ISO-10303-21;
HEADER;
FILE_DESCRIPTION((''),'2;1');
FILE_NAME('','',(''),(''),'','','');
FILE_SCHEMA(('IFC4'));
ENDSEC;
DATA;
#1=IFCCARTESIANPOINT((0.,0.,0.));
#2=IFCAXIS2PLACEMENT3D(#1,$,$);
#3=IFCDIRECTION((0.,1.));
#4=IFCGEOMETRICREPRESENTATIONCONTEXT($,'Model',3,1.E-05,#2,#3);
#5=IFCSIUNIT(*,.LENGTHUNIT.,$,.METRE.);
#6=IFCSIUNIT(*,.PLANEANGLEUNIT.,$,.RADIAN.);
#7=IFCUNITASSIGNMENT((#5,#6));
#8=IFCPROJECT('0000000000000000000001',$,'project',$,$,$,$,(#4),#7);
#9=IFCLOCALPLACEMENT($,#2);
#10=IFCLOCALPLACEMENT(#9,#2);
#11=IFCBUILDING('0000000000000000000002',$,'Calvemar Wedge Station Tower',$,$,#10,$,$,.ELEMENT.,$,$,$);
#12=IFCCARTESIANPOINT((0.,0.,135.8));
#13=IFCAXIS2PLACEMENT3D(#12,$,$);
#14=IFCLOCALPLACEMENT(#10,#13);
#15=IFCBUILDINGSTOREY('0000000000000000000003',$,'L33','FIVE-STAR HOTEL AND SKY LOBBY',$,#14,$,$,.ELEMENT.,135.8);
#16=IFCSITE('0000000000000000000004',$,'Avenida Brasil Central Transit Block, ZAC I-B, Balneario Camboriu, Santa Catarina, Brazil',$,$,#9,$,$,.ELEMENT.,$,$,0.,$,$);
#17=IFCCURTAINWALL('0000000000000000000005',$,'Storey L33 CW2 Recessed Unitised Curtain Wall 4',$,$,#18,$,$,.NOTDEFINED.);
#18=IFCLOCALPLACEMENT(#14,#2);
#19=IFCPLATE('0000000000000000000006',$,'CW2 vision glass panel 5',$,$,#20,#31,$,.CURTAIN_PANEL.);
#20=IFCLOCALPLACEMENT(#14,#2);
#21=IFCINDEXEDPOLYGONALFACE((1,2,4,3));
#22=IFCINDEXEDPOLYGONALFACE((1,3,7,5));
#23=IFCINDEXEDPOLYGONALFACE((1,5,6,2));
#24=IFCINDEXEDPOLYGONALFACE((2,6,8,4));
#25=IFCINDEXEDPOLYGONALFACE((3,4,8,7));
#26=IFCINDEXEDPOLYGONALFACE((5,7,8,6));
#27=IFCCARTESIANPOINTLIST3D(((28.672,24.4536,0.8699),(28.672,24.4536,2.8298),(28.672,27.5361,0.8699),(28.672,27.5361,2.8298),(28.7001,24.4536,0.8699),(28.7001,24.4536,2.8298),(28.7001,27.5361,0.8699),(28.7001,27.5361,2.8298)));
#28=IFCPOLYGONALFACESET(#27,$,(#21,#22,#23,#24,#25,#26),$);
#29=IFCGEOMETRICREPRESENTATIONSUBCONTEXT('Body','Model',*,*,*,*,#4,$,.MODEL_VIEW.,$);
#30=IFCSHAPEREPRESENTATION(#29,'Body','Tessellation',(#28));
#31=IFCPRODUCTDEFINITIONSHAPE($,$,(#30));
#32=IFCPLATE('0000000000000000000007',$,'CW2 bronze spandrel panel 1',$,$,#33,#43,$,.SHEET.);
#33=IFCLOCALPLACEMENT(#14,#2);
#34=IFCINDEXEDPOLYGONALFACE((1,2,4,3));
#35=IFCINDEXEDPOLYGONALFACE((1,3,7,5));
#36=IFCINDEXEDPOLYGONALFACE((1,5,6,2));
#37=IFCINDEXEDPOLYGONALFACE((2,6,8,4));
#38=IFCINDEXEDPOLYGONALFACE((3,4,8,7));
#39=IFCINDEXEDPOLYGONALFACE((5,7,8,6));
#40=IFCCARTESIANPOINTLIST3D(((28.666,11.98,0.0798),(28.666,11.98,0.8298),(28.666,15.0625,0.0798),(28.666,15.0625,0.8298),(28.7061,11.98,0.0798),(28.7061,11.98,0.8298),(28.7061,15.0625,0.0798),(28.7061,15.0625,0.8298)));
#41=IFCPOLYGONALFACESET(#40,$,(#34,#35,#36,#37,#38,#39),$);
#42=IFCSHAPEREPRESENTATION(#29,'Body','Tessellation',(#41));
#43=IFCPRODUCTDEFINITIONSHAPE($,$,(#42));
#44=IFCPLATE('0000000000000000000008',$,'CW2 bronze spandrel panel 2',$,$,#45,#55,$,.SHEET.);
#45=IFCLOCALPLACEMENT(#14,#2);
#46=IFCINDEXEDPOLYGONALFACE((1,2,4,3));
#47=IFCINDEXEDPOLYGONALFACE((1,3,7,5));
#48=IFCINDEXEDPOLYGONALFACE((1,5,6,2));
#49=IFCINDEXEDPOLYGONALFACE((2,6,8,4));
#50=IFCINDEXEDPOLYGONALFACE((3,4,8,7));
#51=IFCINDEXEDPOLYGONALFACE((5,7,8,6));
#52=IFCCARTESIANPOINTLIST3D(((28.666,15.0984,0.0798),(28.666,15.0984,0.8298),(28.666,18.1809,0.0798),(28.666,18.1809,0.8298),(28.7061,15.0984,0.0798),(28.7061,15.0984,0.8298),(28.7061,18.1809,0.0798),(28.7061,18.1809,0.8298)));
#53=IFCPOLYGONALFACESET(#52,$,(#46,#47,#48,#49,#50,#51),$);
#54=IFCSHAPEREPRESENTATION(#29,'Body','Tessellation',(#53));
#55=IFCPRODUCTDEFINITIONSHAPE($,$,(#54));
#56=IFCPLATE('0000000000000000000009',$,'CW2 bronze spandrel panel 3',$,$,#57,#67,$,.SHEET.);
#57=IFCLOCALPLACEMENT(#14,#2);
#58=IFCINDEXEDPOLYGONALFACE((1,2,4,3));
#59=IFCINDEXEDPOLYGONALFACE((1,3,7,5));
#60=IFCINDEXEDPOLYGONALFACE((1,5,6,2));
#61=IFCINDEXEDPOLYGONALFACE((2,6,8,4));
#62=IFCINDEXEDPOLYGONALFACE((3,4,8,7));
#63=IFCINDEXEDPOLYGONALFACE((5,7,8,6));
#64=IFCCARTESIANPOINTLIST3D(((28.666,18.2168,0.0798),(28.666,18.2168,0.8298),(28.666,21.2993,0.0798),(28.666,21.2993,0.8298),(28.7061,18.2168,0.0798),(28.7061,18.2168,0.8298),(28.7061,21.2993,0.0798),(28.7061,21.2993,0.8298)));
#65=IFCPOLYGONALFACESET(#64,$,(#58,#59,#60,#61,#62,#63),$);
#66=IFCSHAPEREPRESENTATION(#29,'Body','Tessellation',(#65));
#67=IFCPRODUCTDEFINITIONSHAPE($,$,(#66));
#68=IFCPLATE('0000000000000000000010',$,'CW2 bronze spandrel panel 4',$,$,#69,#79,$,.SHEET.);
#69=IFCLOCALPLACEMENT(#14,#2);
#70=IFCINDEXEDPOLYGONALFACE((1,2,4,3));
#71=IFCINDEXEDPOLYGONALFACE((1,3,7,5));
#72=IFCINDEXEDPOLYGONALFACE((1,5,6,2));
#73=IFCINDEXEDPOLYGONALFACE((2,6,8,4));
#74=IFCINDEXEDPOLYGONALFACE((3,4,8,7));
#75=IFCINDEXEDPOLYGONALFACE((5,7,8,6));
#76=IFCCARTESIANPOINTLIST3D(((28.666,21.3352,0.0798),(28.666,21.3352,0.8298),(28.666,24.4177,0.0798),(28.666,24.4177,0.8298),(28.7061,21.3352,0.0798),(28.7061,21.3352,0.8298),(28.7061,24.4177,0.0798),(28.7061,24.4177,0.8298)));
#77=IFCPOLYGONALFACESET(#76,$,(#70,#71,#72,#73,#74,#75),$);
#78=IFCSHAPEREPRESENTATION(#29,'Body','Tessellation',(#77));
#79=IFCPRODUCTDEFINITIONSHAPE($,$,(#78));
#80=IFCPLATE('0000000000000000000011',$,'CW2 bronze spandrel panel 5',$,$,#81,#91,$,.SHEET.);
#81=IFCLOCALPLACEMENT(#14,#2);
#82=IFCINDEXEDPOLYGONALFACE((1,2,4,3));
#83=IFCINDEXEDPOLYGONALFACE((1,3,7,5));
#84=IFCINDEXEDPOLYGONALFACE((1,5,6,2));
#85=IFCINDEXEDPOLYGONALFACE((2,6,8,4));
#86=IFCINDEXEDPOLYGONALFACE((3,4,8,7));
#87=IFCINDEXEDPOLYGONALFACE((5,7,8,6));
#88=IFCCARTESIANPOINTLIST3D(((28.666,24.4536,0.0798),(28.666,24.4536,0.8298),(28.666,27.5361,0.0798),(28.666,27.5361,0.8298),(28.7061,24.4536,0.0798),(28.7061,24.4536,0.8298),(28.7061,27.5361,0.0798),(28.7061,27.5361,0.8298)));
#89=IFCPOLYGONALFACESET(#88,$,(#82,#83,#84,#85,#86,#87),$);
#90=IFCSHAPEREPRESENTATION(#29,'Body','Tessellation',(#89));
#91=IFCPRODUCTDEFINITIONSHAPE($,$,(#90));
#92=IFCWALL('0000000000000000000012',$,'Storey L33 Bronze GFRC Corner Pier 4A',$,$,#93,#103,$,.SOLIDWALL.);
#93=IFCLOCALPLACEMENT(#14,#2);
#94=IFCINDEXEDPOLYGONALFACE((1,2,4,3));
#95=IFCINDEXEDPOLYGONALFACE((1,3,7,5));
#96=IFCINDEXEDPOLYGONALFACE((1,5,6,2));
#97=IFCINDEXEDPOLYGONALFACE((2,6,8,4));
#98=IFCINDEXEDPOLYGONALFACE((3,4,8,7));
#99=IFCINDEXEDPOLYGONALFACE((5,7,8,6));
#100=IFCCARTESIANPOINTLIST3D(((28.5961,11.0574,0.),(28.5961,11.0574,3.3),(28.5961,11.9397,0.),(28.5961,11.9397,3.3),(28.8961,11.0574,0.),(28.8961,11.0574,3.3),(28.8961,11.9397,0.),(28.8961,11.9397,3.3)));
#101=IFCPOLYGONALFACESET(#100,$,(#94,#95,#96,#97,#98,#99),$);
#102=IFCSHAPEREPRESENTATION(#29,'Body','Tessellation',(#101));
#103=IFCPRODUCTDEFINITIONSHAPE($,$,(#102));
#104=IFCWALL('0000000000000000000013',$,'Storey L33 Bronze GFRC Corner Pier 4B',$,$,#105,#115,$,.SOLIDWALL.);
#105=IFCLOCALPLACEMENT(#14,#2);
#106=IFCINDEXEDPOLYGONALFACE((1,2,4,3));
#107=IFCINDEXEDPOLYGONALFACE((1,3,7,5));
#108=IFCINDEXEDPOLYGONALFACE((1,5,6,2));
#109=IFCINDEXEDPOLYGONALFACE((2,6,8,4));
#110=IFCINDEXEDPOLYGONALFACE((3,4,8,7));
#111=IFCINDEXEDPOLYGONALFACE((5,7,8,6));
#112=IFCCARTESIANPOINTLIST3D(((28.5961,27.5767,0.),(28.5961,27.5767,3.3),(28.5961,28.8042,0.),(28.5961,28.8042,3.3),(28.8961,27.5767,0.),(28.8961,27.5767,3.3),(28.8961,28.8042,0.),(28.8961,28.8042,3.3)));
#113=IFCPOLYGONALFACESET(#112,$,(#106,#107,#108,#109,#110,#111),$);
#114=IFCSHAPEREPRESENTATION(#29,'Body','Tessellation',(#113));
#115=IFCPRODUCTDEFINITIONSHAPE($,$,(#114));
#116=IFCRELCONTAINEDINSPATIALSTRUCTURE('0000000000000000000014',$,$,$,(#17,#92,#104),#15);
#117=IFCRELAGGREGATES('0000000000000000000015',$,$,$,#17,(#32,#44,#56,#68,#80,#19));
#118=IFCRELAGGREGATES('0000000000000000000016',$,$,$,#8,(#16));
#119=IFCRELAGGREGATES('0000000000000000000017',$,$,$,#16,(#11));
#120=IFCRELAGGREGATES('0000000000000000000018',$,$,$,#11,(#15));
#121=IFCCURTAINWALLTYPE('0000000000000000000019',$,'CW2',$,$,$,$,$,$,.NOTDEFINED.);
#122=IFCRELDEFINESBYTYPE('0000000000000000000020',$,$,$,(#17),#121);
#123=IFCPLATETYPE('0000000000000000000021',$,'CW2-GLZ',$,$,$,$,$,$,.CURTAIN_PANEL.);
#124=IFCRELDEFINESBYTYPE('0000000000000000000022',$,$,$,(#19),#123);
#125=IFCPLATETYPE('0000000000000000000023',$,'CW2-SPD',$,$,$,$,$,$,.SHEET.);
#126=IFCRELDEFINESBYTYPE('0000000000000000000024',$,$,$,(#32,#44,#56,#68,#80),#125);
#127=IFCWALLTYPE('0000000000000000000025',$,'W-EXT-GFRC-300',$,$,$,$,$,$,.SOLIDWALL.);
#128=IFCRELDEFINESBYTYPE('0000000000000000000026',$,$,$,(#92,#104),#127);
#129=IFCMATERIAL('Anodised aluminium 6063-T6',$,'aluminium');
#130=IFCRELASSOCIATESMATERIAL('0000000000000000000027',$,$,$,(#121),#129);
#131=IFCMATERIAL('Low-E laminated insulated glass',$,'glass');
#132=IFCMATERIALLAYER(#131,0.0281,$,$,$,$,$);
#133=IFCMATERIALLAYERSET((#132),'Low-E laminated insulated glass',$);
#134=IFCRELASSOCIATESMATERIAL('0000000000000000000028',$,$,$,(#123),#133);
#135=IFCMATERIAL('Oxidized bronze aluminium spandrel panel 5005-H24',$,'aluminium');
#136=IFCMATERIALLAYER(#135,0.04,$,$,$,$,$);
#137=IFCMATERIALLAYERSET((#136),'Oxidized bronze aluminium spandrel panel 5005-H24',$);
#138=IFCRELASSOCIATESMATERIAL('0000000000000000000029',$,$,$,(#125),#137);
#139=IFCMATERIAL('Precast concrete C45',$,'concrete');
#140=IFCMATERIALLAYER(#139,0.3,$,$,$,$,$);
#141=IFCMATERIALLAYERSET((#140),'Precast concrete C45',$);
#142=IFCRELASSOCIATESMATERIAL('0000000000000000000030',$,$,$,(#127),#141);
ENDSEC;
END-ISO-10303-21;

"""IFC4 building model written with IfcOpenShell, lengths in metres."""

from ifc_helpers import new_model, si_unit, direction, frame, frame_2d, origin, place, context, subcontext, project, spatial, rectangle, extrude, material, layer, layer_set, type_object, element, aggregate, save


model = new_model("IFC4")

# Units and contexts
model_context = context("Model", 3, precision=1e-05, world=origin(), true_north=direction((0.0, 1.0)))
body_context = subcontext(model_context, "Body", "Model", "MODEL_VIEW")
ifc_project = project(units=[si_unit("LENGTHUNIT", "METRE"), si_unit("PLANEANGLEUNIT", "RADIAN")], contexts=[model_context])

# Site, building, storey
site_placement = place(None, origin())
site = spatial("IfcSite", under=ifc_project, at=site_placement, Name="Avenida Brasil Central Transit Block, ZAC I-B, Balneario Camboriu, Santa Catarina, Brazil", CompositionType="ELEMENT", RefElevation=0.0)
building_placement = place(site_placement, origin())
building = spatial("IfcBuilding", under=site, at=building_placement, Name="Calvemar Wedge Station Tower", CompositionType="ELEMENT")
storey_placement = place(building_placement, frame((0.0, 0.0, 135.8)))
storey = spatial("IfcBuildingStorey", under=building, at=storey_placement, Name="L33", Description="FIVE-STAR HOTEL AND SKY LOBBY", CompositionType="ELEMENT", Elevation=135.8)

# Curtain wall, plates
ifc_material_1 = material(Name="Anodised aluminium 6063-T6", Category="aluminium")
curtain_wall_type = type_object("IfcCurtainWallType", Name="CW2", PredefinedType="NOTDEFINED", material=ifc_material_1)
curtain_wall_placement = place(storey_placement, origin())
curtain_wall = element("IfcCurtainWall", 1, at=curtain_wall_placement, inside=storey, type_object=curtain_wall_type, Name="Storey L33 CW2 Recessed Unitised Curtain Wall 4", PredefinedType="NOTDEFINED")
ifc_material_2 = material(Name="Low-E laminated insulated glass", Category="glass")
ifc_layer_1 = layer(ifc_material_2, 0.0281)
ifc_layer_set_1 = layer_set([ifc_layer_1], Name="Low-E laminated insulated glass")
plate_type_1 = type_object("IfcPlateType", Name="CW2-GLZ", PredefinedType="CURTAIN_PANEL", material=ifc_layer_set_1)
plate_1_placement = place(storey_placement, frame((28.686, 24.4536, 0.8699), z_axis=(0.0, 0.0, 1.0), x_axis=(0.0, 1.0, 0.0)))
plate_1 = element("IfcPlate", 2, at=plate_1_placement, type_object=plate_type_1, Name="CW2 vision glass panel 5", PredefinedType="CURTAIN_PANEL", context=body_context, shape_type="SweptSolid", body=[
    extrude(rectangle(XDim=3.0825, YDim=0.0281, at=frame_2d((1.5413, 0.0))), origin(), (0.0, 0.0, 1.0), 1.96),
])
ifc_material_3 = material(Name="Oxidized bronze aluminium spandrel panel 5005-H24", Category="aluminium")
ifc_layer_2 = layer(ifc_material_3, 0.04)
ifc_layer_set_2 = layer_set([ifc_layer_2], Name="Oxidized bronze aluminium spandrel panel 5005-H24")
plate_type_2 = type_object("IfcPlateType", Name="CW2-SPD", PredefinedType="SHEET", material=ifc_layer_set_2)
plate_2_placement = place(storey_placement, frame((28.686, 11.98, 0.0798), z_axis=(0.0, 0.0, 1.0), x_axis=(0.0, 1.0, 0.0)))
plate_2 = element("IfcPlate", 3, at=plate_2_placement, type_object=plate_type_2, Name="CW2 bronze spandrel panel 1", PredefinedType="SHEET", context=body_context, shape_type="SweptSolid", body=[
    extrude(rectangle(XDim=3.0825, YDim=0.04, at=frame_2d((1.5413, 0.0))), origin(), (0.0, 0.0, 1.0), 0.75),
])
plate_3_placement = place(storey_placement, frame((28.686, 15.0984, 0.0798), z_axis=(0.0, 0.0, 1.0), x_axis=(0.0, 1.0, 0.0)))
plate_3 = element("IfcPlate", 4, at=plate_3_placement, type_object=plate_type_2, Name="CW2 bronze spandrel panel 2", PredefinedType="SHEET", context=body_context, shape_type="SweptSolid", body=[
    extrude(rectangle(XDim=3.0825, YDim=0.04, at=frame_2d((1.5413, 0.0))), origin(), (0.0, 0.0, 1.0), 0.75),
])
plate_4_placement = place(storey_placement, frame((28.686, 18.2168, 0.0798), z_axis=(0.0, 0.0, 1.0), x_axis=(0.0, 1.0, 0.0)))
plate_4 = element("IfcPlate", 5, at=plate_4_placement, type_object=plate_type_2, Name="CW2 bronze spandrel panel 3", PredefinedType="SHEET", context=body_context, shape_type="SweptSolid", body=[
    extrude(rectangle(XDim=3.0825, YDim=0.04, at=frame_2d((1.5413, 0.0))), origin(), (0.0, 0.0, 1.0), 0.75),
])
plate_5_placement = place(storey_placement, frame((28.686, 21.3352, 0.0798), z_axis=(0.0, 0.0, 1.0), x_axis=(0.0, 1.0, 0.0)))
plate_5 = element("IfcPlate", 6, at=plate_5_placement, type_object=plate_type_2, Name="CW2 bronze spandrel panel 4", PredefinedType="SHEET", context=body_context, shape_type="SweptSolid", body=[
    extrude(rectangle(XDim=3.0825, YDim=0.04, at=frame_2d((1.5413, 0.0))), origin(), (0.0, 0.0, 1.0), 0.75),
])
plate_6_placement = place(storey_placement, frame((28.686, 24.4536, 0.0798), z_axis=(0.0, 0.0, 1.0), x_axis=(0.0, 1.0, 0.0)))
plate_6 = element("IfcPlate", 7, at=plate_6_placement, type_object=plate_type_2, Name="CW2 bronze spandrel panel 5", PredefinedType="SHEET", context=body_context, shape_type="SweptSolid", body=[
    extrude(rectangle(XDim=3.0825, YDim=0.04, at=frame_2d((1.5413, 0.0))), origin(), (0.0, 0.0, 1.0), 0.75),
])
aggregate(curtain_wall, [plate_2, plate_3, plate_4, plate_5, plate_6, plate_1])

# Walls
ifc_material_4 = material(Name="Precast concrete C45", Category="concrete")
ifc_layer_3 = layer(ifc_material_4, 0.3)
ifc_layer_set_3 = layer_set([ifc_layer_3], Name="Precast concrete C45")
wall_type = type_object("IfcWallType", Name="W-EXT-GFRC-300", PredefinedType="SOLIDWALL", material=ifc_layer_set_3)
wall_1_placement = place(storey_placement, frame((28.7461, 11.0574, 0.0), z_axis=(0.0, 0.0, 1.0), x_axis=(0.0, 1.0, 0.0)))
element("IfcWall", 8, at=wall_1_placement, inside=storey, type_object=wall_type, Name="Storey L33 Bronze GFRC Corner Pier 4A", PredefinedType="SOLIDWALL", context=body_context, shape_type="SweptSolid", body=[
    extrude(rectangle(XDim=0.8823, YDim=0.3, at=frame_2d((0.4412, 0.0))), origin(), (0.0, 0.0, 1.0), 3.3),
])
wall_2_placement = place(storey_placement, frame((28.7461, 27.5767, 0.0), z_axis=(0.0, 0.0, 1.0), x_axis=(0.0, 1.0, 0.0)))
element("IfcWall", 9, at=wall_2_placement, inside=storey, type_object=wall_type, Name="Storey L33 Bronze GFRC Corner Pier 4B", PredefinedType="SOLIDWALL", context=body_context, shape_type="SweptSolid", body=[
    extrude(rectangle(XDim=1.2275, YDim=0.3, at=frame_2d((0.6138, 0.0))), origin(), (0.0, 0.0, 1.0), 3.3),
])

save(model, "model.ifc")
